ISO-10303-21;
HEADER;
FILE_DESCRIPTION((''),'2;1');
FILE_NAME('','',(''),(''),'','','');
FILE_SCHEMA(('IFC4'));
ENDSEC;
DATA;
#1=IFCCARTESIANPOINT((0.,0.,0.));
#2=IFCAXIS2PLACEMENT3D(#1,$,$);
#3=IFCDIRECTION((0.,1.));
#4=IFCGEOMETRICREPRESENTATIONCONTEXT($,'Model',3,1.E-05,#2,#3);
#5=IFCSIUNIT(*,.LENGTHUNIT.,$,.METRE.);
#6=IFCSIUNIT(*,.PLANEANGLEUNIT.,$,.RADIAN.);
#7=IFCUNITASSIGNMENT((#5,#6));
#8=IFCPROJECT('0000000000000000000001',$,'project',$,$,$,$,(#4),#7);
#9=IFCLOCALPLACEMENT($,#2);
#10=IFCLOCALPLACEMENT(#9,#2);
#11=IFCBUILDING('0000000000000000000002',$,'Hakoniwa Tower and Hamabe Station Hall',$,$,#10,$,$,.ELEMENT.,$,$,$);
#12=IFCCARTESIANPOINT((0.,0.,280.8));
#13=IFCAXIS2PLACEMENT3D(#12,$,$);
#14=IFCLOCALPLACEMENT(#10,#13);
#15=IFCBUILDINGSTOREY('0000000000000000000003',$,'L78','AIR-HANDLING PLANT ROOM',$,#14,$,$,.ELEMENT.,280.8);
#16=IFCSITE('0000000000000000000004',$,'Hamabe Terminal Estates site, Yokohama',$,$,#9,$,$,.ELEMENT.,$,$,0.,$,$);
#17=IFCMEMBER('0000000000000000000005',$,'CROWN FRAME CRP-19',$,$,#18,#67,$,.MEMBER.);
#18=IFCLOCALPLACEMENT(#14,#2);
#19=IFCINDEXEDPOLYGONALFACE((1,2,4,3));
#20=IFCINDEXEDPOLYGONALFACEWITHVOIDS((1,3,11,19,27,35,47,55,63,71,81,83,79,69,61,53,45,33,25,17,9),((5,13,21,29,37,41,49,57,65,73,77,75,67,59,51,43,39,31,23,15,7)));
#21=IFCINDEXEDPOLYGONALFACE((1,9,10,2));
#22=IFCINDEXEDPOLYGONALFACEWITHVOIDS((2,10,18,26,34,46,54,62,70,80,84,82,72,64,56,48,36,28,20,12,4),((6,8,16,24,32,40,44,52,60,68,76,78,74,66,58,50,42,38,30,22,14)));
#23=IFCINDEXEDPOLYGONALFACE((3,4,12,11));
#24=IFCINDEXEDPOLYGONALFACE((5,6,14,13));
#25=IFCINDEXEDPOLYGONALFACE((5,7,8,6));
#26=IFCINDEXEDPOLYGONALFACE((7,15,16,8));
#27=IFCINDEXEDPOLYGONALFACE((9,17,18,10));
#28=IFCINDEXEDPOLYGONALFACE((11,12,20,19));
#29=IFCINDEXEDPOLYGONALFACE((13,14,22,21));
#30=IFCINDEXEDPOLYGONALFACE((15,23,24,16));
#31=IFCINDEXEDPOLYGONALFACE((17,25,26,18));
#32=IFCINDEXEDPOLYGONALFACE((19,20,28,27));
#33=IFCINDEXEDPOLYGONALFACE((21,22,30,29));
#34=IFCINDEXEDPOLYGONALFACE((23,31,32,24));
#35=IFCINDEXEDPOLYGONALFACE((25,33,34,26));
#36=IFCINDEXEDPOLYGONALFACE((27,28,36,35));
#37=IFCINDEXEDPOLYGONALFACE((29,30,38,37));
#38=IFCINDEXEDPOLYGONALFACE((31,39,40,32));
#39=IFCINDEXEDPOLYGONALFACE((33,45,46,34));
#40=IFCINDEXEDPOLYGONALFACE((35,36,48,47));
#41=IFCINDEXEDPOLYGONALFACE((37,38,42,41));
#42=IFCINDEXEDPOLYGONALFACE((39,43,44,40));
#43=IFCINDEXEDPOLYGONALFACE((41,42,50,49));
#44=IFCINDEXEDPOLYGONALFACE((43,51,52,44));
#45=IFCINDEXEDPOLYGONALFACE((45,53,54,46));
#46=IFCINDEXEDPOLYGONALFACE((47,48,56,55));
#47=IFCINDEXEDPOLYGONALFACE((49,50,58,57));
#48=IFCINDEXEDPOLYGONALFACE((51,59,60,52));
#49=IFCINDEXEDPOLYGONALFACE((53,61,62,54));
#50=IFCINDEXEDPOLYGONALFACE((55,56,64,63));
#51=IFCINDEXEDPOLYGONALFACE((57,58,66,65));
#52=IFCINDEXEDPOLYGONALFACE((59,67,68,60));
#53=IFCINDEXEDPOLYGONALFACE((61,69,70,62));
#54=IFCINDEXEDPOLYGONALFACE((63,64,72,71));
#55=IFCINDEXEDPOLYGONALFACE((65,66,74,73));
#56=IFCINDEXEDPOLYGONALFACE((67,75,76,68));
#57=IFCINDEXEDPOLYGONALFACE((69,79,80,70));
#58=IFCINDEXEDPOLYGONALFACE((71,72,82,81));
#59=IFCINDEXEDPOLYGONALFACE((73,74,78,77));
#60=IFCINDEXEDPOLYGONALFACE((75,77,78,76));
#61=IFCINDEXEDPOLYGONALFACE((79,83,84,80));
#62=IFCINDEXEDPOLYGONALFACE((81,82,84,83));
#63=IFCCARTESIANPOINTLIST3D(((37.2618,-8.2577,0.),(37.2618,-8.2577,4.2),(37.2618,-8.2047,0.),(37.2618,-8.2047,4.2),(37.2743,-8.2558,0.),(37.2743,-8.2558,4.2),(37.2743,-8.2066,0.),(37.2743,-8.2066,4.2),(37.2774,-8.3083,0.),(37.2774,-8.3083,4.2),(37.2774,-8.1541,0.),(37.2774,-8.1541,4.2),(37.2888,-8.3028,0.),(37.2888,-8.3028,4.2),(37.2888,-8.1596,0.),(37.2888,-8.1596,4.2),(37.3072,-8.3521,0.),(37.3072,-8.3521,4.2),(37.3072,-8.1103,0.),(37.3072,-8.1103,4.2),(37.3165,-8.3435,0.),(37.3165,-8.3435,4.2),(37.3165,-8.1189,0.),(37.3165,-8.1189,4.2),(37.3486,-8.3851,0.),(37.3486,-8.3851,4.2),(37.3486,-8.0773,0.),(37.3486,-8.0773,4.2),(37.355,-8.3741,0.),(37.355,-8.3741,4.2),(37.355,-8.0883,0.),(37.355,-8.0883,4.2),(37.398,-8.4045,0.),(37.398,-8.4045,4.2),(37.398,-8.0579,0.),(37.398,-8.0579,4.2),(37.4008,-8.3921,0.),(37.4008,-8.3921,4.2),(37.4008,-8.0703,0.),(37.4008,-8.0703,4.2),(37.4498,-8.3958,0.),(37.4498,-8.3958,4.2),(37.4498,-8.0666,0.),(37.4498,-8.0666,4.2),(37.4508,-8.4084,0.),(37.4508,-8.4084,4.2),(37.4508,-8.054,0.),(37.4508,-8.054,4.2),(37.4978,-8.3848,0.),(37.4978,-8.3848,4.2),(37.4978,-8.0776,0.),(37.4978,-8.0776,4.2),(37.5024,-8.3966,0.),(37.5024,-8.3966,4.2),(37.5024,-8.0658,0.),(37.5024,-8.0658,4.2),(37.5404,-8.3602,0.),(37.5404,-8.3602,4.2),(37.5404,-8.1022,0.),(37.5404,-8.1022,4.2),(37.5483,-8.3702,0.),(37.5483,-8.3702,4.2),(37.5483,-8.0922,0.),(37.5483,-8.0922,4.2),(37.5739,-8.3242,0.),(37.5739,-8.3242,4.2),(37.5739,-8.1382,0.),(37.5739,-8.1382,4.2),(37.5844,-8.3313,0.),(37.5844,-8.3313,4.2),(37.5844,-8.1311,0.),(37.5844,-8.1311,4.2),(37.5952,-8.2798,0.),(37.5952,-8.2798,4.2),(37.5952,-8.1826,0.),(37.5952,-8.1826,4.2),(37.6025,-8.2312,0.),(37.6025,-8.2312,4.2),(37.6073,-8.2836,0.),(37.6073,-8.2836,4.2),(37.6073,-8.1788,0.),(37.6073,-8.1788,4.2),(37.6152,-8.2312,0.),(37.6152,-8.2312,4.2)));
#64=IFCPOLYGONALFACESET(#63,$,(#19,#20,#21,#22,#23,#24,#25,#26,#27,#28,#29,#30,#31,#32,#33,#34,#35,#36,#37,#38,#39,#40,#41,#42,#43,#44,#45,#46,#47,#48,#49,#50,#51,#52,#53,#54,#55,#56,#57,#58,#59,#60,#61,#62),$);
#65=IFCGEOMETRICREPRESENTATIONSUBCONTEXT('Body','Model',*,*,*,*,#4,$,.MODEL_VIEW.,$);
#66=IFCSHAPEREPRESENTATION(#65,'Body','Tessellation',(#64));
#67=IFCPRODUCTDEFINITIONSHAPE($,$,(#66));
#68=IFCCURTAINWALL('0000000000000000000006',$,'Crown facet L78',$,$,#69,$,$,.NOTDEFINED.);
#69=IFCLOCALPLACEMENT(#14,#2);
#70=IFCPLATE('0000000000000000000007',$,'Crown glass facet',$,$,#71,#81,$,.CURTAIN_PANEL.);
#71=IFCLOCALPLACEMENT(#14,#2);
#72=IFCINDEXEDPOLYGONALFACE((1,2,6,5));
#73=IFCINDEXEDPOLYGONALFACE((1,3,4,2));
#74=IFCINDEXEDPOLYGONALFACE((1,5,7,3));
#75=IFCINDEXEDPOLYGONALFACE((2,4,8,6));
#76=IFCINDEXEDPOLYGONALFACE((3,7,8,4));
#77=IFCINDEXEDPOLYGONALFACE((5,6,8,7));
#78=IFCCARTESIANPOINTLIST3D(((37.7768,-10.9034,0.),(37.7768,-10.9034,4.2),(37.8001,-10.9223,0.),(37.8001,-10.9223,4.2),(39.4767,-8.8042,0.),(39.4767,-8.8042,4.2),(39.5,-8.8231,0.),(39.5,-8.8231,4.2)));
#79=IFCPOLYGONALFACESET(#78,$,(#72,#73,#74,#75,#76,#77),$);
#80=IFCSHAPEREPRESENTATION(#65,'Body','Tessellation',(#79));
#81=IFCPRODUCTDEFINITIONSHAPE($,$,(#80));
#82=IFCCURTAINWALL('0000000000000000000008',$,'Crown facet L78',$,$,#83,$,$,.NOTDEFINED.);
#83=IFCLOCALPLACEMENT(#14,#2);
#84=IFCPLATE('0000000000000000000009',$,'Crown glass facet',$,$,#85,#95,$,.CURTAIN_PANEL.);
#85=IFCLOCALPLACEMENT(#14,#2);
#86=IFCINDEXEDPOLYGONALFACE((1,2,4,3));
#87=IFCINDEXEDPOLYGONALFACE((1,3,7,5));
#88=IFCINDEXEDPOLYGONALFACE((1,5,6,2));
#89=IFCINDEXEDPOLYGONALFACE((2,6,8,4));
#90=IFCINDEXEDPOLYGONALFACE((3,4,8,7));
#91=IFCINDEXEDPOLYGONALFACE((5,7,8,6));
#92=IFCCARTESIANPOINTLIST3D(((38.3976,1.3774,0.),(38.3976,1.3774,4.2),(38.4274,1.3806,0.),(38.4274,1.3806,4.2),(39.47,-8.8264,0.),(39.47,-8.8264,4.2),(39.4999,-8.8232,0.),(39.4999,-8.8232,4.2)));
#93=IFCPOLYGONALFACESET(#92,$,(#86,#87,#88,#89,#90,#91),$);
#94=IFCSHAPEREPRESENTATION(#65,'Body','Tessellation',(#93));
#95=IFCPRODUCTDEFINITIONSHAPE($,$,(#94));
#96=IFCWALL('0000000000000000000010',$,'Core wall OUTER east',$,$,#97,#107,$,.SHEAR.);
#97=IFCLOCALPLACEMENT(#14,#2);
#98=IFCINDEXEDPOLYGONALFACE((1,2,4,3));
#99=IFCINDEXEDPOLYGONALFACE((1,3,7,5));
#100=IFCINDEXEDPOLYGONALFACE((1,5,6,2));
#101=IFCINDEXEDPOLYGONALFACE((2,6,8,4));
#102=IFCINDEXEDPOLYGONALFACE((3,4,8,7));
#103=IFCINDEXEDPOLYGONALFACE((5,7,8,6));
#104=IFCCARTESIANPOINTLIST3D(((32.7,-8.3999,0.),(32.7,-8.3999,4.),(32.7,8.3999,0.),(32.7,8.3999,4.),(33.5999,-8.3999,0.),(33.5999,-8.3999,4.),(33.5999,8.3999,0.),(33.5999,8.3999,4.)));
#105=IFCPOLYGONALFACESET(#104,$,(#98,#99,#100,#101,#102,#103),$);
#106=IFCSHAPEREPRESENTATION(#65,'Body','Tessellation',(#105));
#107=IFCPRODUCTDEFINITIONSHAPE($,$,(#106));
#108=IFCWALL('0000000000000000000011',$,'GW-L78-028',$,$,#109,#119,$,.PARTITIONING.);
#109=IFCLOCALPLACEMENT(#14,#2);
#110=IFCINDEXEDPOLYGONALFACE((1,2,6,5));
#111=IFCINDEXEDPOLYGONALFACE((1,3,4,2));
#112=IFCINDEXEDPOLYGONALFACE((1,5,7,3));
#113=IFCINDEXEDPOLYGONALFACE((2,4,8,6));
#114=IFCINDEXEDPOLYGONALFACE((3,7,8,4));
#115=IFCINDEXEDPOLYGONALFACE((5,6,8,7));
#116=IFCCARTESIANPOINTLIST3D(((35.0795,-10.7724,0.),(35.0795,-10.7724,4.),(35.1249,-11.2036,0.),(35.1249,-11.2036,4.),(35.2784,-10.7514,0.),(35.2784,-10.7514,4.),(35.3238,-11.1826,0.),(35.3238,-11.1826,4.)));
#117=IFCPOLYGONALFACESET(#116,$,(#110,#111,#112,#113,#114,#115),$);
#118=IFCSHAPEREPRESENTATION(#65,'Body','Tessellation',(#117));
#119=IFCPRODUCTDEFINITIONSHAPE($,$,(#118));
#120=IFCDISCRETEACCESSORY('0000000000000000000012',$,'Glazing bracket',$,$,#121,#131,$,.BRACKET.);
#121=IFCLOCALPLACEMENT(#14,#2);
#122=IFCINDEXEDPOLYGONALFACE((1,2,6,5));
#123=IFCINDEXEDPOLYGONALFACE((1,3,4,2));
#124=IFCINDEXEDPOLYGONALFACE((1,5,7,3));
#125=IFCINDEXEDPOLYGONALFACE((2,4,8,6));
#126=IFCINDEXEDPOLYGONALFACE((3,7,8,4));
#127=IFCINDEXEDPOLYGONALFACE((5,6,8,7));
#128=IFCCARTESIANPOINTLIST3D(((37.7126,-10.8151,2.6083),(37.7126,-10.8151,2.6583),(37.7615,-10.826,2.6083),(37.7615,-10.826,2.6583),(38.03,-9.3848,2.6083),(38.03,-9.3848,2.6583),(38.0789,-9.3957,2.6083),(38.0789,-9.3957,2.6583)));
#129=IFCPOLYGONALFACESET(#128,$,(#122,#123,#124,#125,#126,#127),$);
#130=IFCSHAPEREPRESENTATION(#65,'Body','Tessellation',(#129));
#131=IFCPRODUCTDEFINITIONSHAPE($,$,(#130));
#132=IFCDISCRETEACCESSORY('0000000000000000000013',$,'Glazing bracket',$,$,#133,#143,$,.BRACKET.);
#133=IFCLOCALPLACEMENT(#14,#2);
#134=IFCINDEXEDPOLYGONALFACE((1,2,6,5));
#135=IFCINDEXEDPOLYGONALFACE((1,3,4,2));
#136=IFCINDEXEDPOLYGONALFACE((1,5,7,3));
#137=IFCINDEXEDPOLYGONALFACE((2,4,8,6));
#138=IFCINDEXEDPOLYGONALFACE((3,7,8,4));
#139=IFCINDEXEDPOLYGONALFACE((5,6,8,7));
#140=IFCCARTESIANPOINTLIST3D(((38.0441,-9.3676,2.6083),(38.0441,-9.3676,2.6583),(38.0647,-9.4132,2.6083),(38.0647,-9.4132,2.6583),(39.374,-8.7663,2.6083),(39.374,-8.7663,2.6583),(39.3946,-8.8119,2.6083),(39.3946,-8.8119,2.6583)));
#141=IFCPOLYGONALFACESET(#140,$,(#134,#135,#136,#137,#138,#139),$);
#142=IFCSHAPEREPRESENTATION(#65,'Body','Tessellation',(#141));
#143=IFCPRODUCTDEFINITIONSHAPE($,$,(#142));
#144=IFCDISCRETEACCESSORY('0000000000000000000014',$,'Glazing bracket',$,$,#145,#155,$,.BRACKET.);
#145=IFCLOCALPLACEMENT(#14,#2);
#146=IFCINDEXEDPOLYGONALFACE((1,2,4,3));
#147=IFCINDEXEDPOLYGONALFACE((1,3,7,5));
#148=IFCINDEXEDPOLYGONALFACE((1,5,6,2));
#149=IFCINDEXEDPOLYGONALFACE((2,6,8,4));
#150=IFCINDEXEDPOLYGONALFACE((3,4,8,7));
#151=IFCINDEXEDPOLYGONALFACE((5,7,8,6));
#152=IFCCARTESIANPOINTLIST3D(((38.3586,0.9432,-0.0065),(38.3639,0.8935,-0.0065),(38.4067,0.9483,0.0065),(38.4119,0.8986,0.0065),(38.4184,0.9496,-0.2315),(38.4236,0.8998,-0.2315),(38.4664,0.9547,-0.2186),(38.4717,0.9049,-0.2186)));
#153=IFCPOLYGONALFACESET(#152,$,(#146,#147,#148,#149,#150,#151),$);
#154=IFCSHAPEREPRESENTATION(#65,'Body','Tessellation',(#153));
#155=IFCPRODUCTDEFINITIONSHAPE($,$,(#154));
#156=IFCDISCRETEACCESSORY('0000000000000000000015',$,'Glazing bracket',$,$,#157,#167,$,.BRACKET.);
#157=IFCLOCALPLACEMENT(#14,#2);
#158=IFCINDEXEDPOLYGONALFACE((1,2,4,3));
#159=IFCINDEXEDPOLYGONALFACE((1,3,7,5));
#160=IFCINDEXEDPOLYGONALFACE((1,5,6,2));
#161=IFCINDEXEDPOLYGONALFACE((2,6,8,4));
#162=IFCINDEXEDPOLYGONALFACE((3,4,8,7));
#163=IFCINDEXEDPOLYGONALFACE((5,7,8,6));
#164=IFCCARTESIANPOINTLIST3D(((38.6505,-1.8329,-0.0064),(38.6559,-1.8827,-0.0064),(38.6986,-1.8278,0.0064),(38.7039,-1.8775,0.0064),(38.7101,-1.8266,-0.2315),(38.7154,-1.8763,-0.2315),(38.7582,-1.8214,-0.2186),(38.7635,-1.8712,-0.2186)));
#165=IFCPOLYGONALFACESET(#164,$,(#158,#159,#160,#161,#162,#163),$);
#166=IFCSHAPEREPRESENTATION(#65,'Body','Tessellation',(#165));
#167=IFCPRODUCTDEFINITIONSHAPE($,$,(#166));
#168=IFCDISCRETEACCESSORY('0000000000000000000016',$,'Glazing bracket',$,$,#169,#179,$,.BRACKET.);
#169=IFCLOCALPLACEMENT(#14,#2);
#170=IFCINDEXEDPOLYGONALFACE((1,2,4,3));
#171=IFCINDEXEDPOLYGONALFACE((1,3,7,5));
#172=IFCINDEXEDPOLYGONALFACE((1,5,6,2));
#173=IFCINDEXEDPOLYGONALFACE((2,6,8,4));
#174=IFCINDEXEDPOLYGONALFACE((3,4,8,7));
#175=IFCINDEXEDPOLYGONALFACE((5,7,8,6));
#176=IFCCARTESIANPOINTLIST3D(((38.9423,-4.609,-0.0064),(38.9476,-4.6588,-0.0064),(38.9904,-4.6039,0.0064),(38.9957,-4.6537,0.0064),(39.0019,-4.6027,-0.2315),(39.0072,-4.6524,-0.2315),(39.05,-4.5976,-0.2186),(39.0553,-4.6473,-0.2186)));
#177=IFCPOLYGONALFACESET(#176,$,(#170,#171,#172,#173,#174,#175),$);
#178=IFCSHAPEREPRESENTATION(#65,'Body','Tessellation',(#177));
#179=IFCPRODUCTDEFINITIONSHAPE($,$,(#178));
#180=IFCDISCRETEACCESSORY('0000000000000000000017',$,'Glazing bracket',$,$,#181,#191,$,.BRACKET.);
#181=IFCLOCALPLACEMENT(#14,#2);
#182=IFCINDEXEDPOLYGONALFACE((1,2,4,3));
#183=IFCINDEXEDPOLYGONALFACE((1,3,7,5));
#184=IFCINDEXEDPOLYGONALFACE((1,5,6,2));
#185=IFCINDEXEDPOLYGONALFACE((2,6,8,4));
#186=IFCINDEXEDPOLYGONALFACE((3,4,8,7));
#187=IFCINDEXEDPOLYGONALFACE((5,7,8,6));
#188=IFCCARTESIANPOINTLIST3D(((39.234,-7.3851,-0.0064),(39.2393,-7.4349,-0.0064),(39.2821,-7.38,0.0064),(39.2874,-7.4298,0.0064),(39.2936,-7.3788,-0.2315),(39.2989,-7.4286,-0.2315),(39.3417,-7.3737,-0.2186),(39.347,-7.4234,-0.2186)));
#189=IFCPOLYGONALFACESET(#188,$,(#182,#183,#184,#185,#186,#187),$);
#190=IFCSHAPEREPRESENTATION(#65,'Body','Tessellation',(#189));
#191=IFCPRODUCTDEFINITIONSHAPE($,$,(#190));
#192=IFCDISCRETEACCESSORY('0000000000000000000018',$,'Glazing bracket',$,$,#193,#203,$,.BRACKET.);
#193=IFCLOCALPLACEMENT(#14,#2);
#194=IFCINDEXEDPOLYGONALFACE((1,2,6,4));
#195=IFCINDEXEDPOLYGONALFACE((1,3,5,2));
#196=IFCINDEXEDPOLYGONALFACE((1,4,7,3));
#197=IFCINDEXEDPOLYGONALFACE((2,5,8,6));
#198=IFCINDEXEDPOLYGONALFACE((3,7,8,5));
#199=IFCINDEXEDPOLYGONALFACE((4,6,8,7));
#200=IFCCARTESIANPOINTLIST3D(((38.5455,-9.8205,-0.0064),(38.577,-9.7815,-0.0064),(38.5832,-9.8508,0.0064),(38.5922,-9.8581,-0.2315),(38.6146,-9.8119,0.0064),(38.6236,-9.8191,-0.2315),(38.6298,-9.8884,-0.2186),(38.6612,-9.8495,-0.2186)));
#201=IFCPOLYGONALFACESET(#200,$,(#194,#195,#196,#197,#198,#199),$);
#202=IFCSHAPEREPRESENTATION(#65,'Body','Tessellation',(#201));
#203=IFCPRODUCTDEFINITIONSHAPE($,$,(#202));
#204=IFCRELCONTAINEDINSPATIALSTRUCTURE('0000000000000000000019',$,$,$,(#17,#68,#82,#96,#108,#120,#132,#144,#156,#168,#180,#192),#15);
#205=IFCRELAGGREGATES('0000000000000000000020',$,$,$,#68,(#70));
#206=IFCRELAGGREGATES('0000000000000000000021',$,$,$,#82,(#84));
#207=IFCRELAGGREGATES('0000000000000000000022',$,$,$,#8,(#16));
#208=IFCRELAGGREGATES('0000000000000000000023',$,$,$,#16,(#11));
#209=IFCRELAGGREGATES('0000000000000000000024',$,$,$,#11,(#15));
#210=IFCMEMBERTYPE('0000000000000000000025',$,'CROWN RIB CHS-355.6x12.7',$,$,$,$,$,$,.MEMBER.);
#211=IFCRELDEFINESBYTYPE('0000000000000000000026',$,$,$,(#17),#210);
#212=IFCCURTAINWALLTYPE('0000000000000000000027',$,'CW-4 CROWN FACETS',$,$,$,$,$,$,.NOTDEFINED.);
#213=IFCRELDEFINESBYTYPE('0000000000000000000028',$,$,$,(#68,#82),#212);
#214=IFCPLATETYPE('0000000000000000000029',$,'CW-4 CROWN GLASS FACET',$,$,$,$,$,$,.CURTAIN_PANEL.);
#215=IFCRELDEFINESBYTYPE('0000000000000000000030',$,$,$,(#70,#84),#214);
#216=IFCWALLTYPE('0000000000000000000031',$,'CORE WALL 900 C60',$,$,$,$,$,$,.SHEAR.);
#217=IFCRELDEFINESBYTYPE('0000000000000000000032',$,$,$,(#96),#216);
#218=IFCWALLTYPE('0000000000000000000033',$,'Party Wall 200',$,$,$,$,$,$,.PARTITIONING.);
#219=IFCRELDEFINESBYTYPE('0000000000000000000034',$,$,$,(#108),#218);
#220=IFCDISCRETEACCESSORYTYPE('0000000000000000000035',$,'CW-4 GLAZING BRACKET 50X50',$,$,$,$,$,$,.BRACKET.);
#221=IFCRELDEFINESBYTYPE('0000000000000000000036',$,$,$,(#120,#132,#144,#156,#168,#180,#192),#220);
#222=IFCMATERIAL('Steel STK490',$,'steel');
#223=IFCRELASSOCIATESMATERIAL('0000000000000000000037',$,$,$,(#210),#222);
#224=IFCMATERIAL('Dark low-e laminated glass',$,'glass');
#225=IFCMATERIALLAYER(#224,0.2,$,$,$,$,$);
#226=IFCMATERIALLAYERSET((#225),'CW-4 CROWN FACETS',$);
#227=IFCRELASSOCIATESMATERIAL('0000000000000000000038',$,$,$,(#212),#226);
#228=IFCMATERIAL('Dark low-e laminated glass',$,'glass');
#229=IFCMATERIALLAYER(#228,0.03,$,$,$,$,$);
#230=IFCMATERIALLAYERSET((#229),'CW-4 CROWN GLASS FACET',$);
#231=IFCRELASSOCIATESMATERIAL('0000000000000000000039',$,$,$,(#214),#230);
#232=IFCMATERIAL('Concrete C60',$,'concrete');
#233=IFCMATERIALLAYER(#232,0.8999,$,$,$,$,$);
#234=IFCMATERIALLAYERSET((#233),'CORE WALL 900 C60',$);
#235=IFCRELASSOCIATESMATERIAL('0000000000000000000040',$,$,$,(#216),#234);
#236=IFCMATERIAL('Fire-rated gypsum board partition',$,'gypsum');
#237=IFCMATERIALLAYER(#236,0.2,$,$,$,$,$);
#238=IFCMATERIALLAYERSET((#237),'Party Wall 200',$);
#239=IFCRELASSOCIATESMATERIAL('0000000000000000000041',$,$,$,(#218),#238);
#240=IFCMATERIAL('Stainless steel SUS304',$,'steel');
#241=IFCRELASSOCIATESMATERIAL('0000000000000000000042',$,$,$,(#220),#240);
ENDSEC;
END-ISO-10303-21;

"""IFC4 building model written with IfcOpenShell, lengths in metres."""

from ifc_helpers import new_model, si_unit, direction, frame, frame_2d, origin, origin_2d, place, context, subcontext, project, spatial, rectangle, hollow_circle, extrude, material, layer, layer_set, material_profile, profile_set, type_object, element, aggregate, save


model = new_model("IFC4")

# Units and contexts
model_context = context("Model", 3, precision=1e-05, world=origin(), true_north=direction((0.0, 1.0)))
body_context = subcontext(model_context, "Body", "Model", "MODEL_VIEW")
ifc_project = project(units=[si_unit("LENGTHUNIT", "METRE"), si_unit("PLANEANGLEUNIT", "RADIAN")], contexts=[model_context])

# Site, building, storey
site_placement = place(None, origin())
site = spatial("IfcSite", under=ifc_project, at=site_placement, Name="Hamabe Terminal Estates site, Yokohama", CompositionType="ELEMENT", RefElevation=0.0)
building_placement = place(site_placement, origin())
building = spatial("IfcBuilding", under=site, at=building_placement, Name="Hakoniwa Tower and Hamabe Station Hall", CompositionType="ELEMENT")
storey_placement = place(building_placement, frame((0.0, 0.0, 280.8)))
storey = spatial("IfcBuildingStorey", under=building, at=storey_placement, Name="L78", Description="AIR-HANDLING PLANT ROOM", CompositionType="ELEMENT", Elevation=280.8)

# Member
ifc_material_1 = material(Name="Steel STK490", Category="steel")
ifc_material_profile_1 = material_profile(ifc_material_1, hollow_circle(Radius=0.1777, WallThickness=0.0127, at=origin_2d()), Name="CHS-355.6x12.7")
ifc_profile_set_1 = profile_set([ifc_material_profile_1], Name="Steel STK490")
member_type = type_object("IfcMemberType", Name="CROWN RIB CHS-355.6x12.7", PredefinedType="MEMBER", material=ifc_profile_set_1)
for number, where, z_axis, x_axis, name in (
    (1, (37.4375, -8.2312, 0.0), (0.0, 0.0, 1.0), (1.0, 0.0, 0.0), "CROWN FRAME CRP-19"),
):
    element("IfcMember", number, at=place(storey_placement, frame(where, z_axis=z_axis, x_axis=x_axis)), inside=storey, type_object=member_type, Name=name, PredefinedType="MEMBER", context=body_context, shape_type="SweptSolid", body=[
        extrude(hollow_circle(Radius=0.1777, WallThickness=0.0127, at=origin_2d()), origin(), (0.0, 0.0, 1.0), 4.2),
    ])

# Curtain walls, plates
ifc_material_2 = material(Name="Dark low-e laminated glass", Category="glass")
ifc_layer_1 = layer(ifc_material_2, 0.2)
ifc_layer_set_1 = layer_set([ifc_layer_1], Name="CW-4 CROWN FACETS")
curtain_wall_type = type_object("IfcCurtainWallType", Name="CW-4 CROWN FACETS", PredefinedType="NOTDEFINED", material=ifc_layer_set_1)
curtain_wall_1_placement = place(storey_placement, origin())
curtain_wall_1 = element("IfcCurtainWall", 2, at=curtain_wall_1_placement, inside=storey, type_object=curtain_wall_type, Name="Crown facet L78", PredefinedType="NOTDEFINED")
ifc_material_3 = material(Name="Dark low-e laminated glass", Category="glass")
ifc_layer_2 = layer(ifc_material_3, 0.03)
ifc_layer_set_2 = layer_set([ifc_layer_2], Name="CW-4 CROWN GLASS FACET")
plate_type = type_object("IfcPlateType", Name="CW-4 CROWN GLASS FACET", PredefinedType="CURTAIN_PANEL", material=ifc_layer_set_2)
plate_1_placement = place(storey_placement, frame((38.6384, -9.8633, 0.0), z_axis=(0.0, 0.0, 1.0), x_axis=(0.62932, 0.777146, 0.0)))
plate_1 = element("IfcPlate", 3, at=plate_1_placement, type_object=plate_type, Name="Crown glass facet", PredefinedType="CURTAIN_PANEL", context=body_context, shape_type="SweptSolid", body=[
    extrude(rectangle(XDim=2.7012, YDim=0.03, at=origin_2d()), origin(), (0.0, 0.0, 1.0), 4.2),
])
aggregate(curtain_wall_1, [plate_1])
curtain_wall_2_placement = place(storey_placement, origin())
curtain_wall_2 = element("IfcCurtainWall", 4, at=curtain_wall_2_placement, inside=storey, type_object=curtain_wall_type, Name="Crown facet L78", PredefinedType="NOTDEFINED")
plate_2_placement = place(storey_placement, frame((38.9487, -3.7229, 0.0), z_axis=(0.0, 0.0, 1.0), x_axis=(-0.104528, 0.994522, 0.0)))
plate_2 = element("IfcPlate", 5, at=plate_2_placement, type_object=plate_type, Name="Crown glass facet", PredefinedType="CURTAIN_PANEL", context=body_context, shape_type="SweptSolid", body=[
    extrude(rectangle(XDim=10.26, YDim=0.03, at=origin_2d()), origin(), (0.0, 0.0, 1.0), 4.2),
])
aggregate(curtain_wall_2, [plate_2])

# Walls
ifc_material_4 = material(Name="Concrete C60", Category="concrete")
ifc_layer_3 = layer(ifc_material_4, 0.8999)
ifc_layer_set_3 = layer_set([ifc_layer_3], Name="CORE WALL 900 C60")
wall_type_1 = type_object("IfcWallType", Name="CORE WALL 900 C60", PredefinedType="SHEAR", material=ifc_layer_set_3)
wall_1_placement = place(storey_placement, frame((33.1499, -8.3999, 0.0), z_axis=(0.0, 0.0, 1.0), x_axis=(0.0, 1.0, 0.0)))
element("IfcWall", 6, at=wall_1_placement, inside=storey, type_object=wall_type_1, Name="Core wall OUTER east", PredefinedType="SHEAR", context=body_context, shape_type="SweptSolid", body=[
    extrude(rectangle(XDim=16.7998, YDim=0.8999, at=frame_2d((8.3999, 0.0))), origin(), (0.0, 0.0, 1.0), 4.0),
])
ifc_material_5 = material(Name="Fire-rated gypsum board partition", Category="gypsum")
ifc_layer_4 = layer(ifc_material_5, 0.2)
ifc_layer_set_4 = layer_set([ifc_layer_4], Name="Party Wall 200")
wall_type_2 = type_object("IfcWallType", Name="Party Wall 200", PredefinedType="PARTITIONING", material=ifc_layer_set_4)
wall_2_placement = place(storey_placement, frame((35.2244, -11.1931, 0.0), z_axis=(0.0, 0.0, 1.0), x_axis=(-0.104743, 0.994499, 0.0)))
element("IfcWall", 7, at=wall_2_placement, inside=storey, type_object=wall_type_2, Name="GW-L78-028", PredefinedType="PARTITIONING", context=body_context, shape_type="SweptSolid", body=[
    extrude(rectangle(XDim=0.4336, YDim=0.2, at=frame_2d((0.2168, 0.0))), origin(), (0.0, 0.0, 1.0), 4.0),
])

# Discrete accessories
ifc_material_6 = material(Name="Stainless steel SUS304", Category="steel")
ifc_material_profile_2 = material_profile(ifc_material_6, rectangle(XDim=0.05, YDim=0.05, at=origin_2d()), Name="CW-4 GLAZING BRACKET 50X50")
ifc_profile_set_2 = profile_set([ifc_material_profile_2], Name="Stainless steel SUS304")
discrete_accessory_type = type_object("IfcDiscreteAccessoryType", Name="CW-4 GLAZING BRACKET 50X50", PredefinedType="BRACKET", material=ifc_profile_set_2)
discrete_accessory_1_placement = place(storey_placement, frame((37.7371, -10.8206, 2.6333), z_axis=(0.216648, 0.97625, 0.0), x_axis=(-0.97625, 0.216648, 0.0)))
element("IfcDiscreteAccessory", 8, at=discrete_accessory_1_placement, inside=storey, type_object=discrete_accessory_type, Name="Glazing bracket", PredefinedType="BRACKET", context=body_context, shape_type="SweptSolid", body=[
    extrude(rectangle(XDim=0.05, YDim=0.05, at=origin_2d()), origin(), (0.0, 0.0, 1.0), 1.4651),
])
discrete_accessory_2_placement = place(storey_placement, frame((39.3843, -8.7891, 2.6333), z_axis=(-0.911178, -0.412012, 0.0), x_axis=(0.412012, -0.911178, 0.0)))
element("IfcDiscreteAccessory", 9, at=discrete_accessory_2_placement, inside=storey, type_object=discrete_accessory_type, Name="Glazing bracket", PredefinedType="BRACKET", context=body_context, shape_type="SweptSolid", body=[
    extrude(rectangle(XDim=0.05, YDim=0.05, at=origin_2d()), origin(), (0.0, 0.0, 1.0), 1.4595),
])
for number, where, z_axis, x_axis, name in (
    (10, (38.3853, 0.9209, 0.0), (0.256719, 0.027244, -0.966102), (-0.10553, 0.994416, 0.0), "Glazing bracket"),
    (11, (38.6772, -1.8552, 0.0), (0.25574, 0.027251, -0.966361), (-0.105958, 0.994371, 0.0), "Glazing bracket"),
    (12, (38.969, -4.6313, 0.0), (0.25574, 0.027251, -0.966361), (-0.105958, 0.994371, 0.0), "Glazing bracket"),
    (13, (39.2607, -7.4075, 0.0), (0.25574, 0.027251, -0.966361), (-0.105958, 0.994371, 0.0), "Glazing bracket"),
    (14, (38.5801, -9.8162, 0.0), (0.200191, -0.161411, -0.966369), (0.627673, 0.778477, 0.0), "Glazing bracket"),
):
    element("IfcDiscreteAccessory", number, at=place(storey_placement, frame(where, z_axis=z_axis, x_axis=x_axis)), inside=storey, type_object=discrete_accessory_type, Name=name, PredefinedType="BRACKET", context=body_context, shape_type="SweptSolid", body=[
        extrude(rectangle(XDim=0.05, YDim=0.05, at=origin_2d()), origin(), (0.0, 0.0, 1.0), 0.2329),
    ])

save(model, "model.ifc")
